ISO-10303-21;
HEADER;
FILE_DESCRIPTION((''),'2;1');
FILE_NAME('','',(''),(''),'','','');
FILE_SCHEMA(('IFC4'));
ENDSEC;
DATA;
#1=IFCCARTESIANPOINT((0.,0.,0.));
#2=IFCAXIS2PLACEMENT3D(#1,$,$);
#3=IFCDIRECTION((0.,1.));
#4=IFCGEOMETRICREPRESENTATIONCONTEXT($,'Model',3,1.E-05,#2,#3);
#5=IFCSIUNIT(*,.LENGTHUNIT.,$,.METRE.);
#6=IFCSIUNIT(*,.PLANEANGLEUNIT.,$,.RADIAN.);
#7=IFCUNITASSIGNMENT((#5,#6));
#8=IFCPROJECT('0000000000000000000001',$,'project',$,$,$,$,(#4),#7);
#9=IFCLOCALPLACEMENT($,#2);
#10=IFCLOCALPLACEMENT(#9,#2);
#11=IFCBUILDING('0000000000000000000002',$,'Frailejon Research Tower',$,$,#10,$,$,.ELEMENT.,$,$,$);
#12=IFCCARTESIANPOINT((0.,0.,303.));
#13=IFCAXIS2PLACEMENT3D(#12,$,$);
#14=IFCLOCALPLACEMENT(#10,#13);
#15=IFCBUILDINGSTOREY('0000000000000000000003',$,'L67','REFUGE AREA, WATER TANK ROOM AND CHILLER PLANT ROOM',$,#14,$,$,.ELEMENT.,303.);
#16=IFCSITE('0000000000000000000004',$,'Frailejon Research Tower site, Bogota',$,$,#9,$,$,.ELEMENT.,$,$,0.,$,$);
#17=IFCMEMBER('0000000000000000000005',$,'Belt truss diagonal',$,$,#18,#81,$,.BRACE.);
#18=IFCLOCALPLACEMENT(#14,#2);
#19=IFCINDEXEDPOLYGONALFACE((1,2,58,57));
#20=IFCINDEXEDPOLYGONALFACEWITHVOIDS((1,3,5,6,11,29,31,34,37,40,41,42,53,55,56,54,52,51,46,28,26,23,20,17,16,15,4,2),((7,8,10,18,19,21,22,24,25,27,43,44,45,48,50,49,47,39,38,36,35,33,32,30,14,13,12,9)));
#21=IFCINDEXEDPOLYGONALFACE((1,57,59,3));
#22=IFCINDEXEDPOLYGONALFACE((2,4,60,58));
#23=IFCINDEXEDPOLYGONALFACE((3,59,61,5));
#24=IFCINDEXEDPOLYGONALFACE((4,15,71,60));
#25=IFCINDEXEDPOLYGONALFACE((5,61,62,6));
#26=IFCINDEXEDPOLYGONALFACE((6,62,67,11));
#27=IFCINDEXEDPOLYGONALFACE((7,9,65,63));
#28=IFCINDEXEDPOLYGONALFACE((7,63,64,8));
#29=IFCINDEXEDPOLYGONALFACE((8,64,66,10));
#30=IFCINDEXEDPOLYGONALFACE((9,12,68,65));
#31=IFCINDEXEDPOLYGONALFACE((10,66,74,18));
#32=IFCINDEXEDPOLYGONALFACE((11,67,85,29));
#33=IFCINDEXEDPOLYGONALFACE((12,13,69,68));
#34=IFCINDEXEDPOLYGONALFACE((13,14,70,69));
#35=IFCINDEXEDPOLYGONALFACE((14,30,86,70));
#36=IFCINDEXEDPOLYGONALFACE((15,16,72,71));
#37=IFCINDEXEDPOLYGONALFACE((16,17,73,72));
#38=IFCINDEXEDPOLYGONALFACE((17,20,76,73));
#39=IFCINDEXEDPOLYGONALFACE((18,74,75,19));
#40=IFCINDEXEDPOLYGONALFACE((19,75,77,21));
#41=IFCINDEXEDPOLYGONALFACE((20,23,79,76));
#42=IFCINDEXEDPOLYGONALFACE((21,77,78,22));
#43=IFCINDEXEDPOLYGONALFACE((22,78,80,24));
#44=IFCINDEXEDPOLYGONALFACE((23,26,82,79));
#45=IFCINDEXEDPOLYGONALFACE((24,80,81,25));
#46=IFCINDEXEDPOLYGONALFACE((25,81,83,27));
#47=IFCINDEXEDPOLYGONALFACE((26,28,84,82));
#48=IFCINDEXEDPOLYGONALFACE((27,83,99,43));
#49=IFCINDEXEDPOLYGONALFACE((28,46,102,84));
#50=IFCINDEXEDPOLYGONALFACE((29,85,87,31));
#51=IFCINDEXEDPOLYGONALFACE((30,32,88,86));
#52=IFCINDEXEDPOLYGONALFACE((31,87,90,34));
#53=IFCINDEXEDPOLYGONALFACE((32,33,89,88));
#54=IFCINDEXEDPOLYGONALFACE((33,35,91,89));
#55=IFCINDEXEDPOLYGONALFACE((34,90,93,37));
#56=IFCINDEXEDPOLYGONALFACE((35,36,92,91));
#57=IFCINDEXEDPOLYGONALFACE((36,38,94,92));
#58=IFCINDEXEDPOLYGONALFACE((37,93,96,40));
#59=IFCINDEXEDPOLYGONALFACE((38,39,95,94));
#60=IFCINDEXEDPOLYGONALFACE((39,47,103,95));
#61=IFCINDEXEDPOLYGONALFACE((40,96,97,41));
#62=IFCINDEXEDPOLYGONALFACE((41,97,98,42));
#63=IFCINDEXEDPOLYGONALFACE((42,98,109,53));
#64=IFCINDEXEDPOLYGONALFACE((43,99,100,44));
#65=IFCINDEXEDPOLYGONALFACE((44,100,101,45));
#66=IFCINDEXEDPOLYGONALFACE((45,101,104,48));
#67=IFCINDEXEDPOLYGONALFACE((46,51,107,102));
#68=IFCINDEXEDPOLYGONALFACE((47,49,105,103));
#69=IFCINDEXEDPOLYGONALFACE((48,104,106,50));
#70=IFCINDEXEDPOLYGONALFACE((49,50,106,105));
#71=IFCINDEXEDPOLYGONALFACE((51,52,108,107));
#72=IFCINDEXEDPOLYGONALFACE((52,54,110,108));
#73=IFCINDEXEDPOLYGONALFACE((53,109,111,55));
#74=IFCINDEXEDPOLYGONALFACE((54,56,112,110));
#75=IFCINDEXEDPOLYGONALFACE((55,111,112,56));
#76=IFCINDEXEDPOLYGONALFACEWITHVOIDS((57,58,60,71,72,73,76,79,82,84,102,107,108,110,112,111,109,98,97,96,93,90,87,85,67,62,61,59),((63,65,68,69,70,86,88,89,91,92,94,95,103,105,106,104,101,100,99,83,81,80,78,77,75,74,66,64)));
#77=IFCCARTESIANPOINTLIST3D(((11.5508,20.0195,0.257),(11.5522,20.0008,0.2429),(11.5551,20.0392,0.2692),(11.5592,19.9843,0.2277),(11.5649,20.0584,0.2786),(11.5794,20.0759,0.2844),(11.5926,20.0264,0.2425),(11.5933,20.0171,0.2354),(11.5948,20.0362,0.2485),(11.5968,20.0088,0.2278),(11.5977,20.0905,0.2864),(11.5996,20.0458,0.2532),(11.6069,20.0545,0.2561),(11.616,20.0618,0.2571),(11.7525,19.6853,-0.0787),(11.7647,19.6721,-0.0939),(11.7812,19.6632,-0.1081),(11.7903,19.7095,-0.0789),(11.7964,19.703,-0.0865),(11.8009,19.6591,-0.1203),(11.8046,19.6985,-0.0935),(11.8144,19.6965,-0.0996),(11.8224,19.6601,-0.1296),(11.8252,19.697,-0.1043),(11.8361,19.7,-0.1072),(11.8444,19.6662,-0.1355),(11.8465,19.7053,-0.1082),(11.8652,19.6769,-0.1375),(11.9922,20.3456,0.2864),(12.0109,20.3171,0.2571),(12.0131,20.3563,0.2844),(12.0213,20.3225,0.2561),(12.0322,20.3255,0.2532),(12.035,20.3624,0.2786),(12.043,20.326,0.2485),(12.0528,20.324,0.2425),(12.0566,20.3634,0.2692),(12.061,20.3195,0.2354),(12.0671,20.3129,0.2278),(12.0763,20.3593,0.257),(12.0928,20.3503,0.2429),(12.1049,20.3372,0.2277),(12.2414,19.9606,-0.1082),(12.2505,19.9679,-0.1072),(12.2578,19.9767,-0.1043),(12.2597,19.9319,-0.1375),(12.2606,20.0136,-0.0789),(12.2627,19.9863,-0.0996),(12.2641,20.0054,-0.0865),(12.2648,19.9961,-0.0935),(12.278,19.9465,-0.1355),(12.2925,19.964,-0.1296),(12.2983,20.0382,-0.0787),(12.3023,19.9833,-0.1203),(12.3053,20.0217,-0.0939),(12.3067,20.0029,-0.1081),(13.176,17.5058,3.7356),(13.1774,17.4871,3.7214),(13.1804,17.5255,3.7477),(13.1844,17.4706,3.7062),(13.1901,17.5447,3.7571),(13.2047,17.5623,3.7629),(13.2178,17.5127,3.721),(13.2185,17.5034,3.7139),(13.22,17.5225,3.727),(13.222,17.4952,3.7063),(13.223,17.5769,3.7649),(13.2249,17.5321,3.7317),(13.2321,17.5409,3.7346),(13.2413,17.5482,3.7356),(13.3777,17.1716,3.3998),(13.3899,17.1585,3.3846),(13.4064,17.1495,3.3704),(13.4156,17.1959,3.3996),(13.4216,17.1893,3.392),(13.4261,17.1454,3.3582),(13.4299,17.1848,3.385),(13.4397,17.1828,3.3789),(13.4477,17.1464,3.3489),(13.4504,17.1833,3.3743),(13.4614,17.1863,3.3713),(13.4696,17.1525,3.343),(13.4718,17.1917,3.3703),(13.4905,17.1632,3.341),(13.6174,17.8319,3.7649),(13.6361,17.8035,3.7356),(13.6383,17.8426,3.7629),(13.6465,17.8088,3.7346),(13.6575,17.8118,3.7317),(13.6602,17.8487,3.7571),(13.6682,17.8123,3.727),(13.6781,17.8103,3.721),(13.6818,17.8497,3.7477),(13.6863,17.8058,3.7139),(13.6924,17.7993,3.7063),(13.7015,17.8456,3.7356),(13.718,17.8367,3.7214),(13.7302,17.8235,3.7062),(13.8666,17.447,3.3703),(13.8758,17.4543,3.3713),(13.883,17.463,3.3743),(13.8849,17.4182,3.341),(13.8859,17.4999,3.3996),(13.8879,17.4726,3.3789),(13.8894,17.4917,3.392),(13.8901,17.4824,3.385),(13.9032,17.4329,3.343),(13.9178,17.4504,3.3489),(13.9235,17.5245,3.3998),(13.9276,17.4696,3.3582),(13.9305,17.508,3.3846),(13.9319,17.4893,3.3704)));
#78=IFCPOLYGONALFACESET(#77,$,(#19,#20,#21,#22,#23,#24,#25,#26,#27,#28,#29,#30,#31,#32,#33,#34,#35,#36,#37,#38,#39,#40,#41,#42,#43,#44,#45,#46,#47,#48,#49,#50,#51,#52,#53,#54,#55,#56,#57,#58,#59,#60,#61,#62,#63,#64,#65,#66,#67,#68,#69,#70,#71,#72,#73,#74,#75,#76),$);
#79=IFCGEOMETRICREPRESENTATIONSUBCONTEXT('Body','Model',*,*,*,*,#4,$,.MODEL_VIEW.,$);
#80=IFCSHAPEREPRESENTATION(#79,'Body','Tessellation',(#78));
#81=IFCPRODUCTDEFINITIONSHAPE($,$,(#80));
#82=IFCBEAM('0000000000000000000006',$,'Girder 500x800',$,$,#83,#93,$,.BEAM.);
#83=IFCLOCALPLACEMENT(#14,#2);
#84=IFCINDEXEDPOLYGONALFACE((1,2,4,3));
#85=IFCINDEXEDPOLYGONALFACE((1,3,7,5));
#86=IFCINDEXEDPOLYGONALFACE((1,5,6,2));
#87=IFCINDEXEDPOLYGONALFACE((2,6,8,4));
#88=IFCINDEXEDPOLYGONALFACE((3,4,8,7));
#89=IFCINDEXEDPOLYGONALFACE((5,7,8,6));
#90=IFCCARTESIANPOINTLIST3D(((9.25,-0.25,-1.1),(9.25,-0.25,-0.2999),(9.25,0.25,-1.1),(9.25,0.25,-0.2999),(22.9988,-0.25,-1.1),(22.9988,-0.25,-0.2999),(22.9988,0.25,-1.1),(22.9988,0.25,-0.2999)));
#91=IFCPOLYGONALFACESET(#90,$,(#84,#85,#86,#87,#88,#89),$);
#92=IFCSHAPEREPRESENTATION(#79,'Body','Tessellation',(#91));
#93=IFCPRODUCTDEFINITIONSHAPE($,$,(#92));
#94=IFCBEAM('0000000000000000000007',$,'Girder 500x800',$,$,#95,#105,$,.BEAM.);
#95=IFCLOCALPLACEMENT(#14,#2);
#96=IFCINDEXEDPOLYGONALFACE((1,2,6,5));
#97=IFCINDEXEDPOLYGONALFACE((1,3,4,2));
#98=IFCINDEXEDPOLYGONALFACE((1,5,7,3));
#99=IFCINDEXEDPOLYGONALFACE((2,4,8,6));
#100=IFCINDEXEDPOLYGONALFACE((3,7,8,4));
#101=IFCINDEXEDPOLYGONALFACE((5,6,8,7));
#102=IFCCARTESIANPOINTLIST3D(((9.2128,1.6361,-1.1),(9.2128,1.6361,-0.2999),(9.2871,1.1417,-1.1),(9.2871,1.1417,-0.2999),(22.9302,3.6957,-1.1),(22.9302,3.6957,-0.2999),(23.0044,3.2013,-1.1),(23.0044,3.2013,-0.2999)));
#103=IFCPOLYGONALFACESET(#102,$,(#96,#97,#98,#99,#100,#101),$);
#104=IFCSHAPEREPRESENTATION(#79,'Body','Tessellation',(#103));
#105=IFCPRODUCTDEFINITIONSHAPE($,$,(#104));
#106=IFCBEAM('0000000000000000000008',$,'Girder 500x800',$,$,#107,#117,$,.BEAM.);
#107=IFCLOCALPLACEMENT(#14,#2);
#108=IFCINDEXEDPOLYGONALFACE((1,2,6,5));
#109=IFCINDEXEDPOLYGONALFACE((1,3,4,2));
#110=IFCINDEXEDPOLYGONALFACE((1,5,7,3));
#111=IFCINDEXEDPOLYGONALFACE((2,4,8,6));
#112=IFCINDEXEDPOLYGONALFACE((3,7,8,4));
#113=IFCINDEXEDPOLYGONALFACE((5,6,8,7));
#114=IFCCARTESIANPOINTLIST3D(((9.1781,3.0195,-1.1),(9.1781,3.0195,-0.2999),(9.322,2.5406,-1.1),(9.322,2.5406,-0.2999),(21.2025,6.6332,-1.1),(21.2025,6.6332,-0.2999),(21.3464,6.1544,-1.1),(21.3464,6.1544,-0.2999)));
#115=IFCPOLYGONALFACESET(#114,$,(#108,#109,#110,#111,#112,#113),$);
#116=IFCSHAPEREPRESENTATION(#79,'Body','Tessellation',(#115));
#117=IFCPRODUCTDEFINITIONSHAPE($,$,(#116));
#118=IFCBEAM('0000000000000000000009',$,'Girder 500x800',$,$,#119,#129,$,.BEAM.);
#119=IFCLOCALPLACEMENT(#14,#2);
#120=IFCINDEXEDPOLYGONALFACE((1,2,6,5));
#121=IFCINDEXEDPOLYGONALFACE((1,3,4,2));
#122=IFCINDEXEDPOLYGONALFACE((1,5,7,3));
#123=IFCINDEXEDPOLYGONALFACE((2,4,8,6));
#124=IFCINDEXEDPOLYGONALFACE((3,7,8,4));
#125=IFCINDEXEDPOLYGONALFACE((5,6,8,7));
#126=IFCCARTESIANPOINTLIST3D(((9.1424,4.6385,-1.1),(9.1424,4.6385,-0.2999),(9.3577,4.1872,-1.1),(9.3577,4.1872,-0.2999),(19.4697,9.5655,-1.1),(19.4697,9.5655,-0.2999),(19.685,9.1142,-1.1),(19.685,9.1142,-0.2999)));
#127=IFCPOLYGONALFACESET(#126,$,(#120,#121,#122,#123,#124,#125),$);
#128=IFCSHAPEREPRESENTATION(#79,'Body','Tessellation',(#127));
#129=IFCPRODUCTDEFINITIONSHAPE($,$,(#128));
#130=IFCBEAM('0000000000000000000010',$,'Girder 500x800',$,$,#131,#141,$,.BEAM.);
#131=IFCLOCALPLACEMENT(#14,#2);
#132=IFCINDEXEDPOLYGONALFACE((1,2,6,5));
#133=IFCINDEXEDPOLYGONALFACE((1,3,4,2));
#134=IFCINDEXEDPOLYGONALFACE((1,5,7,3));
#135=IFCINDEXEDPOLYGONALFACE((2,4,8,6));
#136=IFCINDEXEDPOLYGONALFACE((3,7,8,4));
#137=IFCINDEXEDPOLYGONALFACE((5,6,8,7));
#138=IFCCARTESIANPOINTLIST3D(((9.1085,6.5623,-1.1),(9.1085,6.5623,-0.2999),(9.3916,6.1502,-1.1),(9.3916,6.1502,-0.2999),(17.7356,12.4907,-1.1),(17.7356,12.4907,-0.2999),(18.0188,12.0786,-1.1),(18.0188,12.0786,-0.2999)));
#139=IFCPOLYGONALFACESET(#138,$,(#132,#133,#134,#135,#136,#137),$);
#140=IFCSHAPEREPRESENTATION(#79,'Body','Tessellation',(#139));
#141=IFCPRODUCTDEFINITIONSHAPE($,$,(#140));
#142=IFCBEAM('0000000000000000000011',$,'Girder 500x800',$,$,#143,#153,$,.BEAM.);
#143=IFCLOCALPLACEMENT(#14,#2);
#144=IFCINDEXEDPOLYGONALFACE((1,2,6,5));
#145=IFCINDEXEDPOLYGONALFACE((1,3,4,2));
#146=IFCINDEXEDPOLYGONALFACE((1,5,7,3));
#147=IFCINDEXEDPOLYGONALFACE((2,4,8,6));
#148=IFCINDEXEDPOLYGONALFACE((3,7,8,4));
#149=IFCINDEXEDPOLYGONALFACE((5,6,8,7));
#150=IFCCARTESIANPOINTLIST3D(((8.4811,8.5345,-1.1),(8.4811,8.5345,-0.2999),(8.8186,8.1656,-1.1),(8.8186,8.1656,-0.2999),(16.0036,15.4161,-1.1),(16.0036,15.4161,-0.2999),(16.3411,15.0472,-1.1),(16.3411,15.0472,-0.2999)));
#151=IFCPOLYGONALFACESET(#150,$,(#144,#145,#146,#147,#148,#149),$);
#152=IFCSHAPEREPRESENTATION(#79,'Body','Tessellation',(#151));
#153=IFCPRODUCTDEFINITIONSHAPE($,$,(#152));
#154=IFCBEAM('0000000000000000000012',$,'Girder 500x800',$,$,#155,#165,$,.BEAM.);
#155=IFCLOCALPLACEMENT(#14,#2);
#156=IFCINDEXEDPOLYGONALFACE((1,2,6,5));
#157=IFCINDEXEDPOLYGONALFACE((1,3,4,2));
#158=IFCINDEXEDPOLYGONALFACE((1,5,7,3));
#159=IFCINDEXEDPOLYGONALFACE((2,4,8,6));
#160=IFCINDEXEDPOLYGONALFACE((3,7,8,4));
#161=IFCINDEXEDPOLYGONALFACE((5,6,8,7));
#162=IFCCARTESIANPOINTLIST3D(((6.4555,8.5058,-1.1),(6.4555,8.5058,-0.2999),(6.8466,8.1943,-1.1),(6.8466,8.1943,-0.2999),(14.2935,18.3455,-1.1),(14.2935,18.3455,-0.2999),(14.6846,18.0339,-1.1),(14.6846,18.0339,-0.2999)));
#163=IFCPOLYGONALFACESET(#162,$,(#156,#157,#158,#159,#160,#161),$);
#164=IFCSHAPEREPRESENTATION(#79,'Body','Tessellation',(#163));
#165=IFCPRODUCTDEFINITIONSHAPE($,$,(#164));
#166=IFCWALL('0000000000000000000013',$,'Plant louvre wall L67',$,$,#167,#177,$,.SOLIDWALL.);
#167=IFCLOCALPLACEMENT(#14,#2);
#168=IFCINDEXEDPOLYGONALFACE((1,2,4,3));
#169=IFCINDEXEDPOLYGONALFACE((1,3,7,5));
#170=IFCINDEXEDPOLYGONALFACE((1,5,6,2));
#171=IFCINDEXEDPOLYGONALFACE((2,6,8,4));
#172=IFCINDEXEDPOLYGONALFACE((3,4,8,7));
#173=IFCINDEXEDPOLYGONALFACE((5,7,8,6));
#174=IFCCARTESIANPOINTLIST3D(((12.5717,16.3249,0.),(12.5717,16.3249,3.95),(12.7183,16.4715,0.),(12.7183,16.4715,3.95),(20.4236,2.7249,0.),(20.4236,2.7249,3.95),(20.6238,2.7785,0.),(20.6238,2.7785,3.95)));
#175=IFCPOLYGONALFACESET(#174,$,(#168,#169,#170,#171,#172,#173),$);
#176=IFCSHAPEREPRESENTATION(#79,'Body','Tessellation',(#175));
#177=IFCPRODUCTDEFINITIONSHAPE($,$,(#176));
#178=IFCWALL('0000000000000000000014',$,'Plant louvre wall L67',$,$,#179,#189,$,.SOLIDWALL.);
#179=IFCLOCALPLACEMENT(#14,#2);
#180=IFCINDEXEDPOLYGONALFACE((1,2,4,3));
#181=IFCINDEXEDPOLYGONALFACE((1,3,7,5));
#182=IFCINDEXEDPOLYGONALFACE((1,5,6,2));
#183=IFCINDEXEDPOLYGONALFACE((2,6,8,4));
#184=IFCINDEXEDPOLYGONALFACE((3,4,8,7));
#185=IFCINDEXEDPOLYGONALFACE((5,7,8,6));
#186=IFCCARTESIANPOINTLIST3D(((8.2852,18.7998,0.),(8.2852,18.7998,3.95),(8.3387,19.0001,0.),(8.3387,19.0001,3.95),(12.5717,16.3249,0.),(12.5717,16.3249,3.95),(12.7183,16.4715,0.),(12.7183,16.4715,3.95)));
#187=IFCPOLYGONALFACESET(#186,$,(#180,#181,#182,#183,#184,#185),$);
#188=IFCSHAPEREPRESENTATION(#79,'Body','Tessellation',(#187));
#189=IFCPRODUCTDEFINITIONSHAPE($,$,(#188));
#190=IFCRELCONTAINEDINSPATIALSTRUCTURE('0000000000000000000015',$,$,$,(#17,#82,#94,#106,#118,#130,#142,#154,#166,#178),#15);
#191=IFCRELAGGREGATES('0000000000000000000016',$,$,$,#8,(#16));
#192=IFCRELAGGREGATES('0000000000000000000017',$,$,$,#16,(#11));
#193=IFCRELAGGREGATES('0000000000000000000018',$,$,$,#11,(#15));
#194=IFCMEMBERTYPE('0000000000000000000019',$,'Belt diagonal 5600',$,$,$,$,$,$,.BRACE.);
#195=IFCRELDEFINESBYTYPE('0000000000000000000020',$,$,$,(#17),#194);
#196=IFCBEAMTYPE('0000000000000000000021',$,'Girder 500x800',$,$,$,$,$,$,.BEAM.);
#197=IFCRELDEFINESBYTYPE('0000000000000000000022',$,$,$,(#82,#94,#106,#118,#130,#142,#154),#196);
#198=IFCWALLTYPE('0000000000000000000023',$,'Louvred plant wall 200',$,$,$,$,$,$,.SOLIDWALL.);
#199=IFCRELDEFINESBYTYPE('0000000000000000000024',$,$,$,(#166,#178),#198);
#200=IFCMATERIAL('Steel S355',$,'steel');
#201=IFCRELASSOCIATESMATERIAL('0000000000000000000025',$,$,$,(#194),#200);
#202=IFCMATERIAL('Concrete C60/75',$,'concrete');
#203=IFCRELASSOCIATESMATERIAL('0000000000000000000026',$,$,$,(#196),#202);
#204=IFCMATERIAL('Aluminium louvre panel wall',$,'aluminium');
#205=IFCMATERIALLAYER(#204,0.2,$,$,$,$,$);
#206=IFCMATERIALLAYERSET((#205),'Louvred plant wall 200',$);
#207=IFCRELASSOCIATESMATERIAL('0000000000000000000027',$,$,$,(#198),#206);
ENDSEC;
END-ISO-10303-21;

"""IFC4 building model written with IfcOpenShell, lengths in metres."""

from ifc_helpers import new_model, si_unit, direction, frame, origin, origin_2d, place, context, subcontext, project, spatial, polyline, rectangle, hollow_rectangle, outline, extrude, material, layer, layer_set, material_profile, profile_set, type_object, element, save


model = new_model("IFC4")

# Units and contexts
model_context = context("Model", 3, precision=1e-05, world=origin(), true_north=direction((0.0, 1.0)))
body_context = subcontext(model_context, "Body", "Model", "MODEL_VIEW")
ifc_project = project(units=[si_unit("LENGTHUNIT", "METRE"), si_unit("PLANEANGLEUNIT", "RADIAN")], contexts=[model_context])

# Site, building, storey
site_placement = place(None, origin())
site = spatial("IfcSite", under=ifc_project, at=site_placement, Name="Frailejon Research Tower site, Bogota", CompositionType="ELEMENT", RefElevation=0.0)
building_placement = place(site_placement, origin())
building = spatial("IfcBuilding", under=site, at=building_placement, Name="Frailejon Research Tower", CompositionType="ELEMENT")
storey_placement = place(building_placement, frame((0.0, 0.0, 303.0)))
storey = spatial("IfcBuildingStorey", under=building, at=storey_placement, Name="L67", Description="REFUGE AREA, WATER TANK ROOM AND CHILLER PLANT ROOM", CompositionType="ELEMENT", Elevation=303.0)

# Member
ifc_material_1 = material(Name="Steel S355", Category="steel")
ifc_material_profile_1 = material_profile(ifc_material_1, hollow_rectangle(XDim=0.6499, YDim=0.6499, WallThickness=0.0449, InnerFilletRadius=0.0449, OuterFilletRadius=0.0901, at=origin_2d()), Name="Belt diagonal 5600")
ifc_profile_set_1 = profile_set([ifc_material_profile_1], Name="Steel S355")
member_type = type_object("IfcMemberType", Name="Belt diagonal 5600", PredefinedType="BRACE", material=ifc_profile_set_1)
member_1_placement = place(storey_placement, frame((13.554, 17.4976, 3.553), z_axis=(-0.354151, 0.547746, -0.757992), x_axis=(-0.83976, -0.542957, 0.0)))
element("IfcMember", 1, at=member_1_placement, inside=storey, type_object=member_type, Name="Belt truss diagonal", PredefinedType="BRACE", context=body_context, shape_type="SweptSolid", body=[
    extrude(hollow_rectangle(XDim=0.6499, YDim=0.6499, WallThickness=0.0449, InnerFilletRadius=0.0449, OuterFilletRadius=0.0901, at=origin_2d()), origin(), (0.0, 0.0, 1.0), 4.5891),
])

# Beams
ifc_material_2 = material(Name="Concrete C60/75", Category="concrete")
ifc_material_profile_2 = material_profile(ifc_material_2, rectangle(XDim=0.5, YDim=0.8, at=origin_2d()), Name="Girder 500x800")
ifc_profile_set_2 = profile_set([ifc_material_profile_2], Name="Concrete C60/75")
beam_type_1 = type_object("IfcBeamType", Name="Girder 500x800", PredefinedType="BEAM", material=ifc_profile_set_2)
beam_1_placement = place(storey_placement, frame((22.9988, 0.0, -0.7), z_axis=(-1.0, 0.0, 0.0), x_axis=(0.0, -1.0, 0.0)))
element("IfcBeam", 2, at=beam_1_placement, inside=storey, type_object=beam_type_1, Name="Girder 500x800", PredefinedType="BEAM", context=body_context, shape_type="SweptSolid", body=[
    extrude(rectangle(XDim=0.5, YDim=0.8, at=origin_2d()), origin(), (0.0, 0.0, 1.0), 13.7488),
])
beam_2_placement = place(storey_placement, frame((22.9673, 3.4485, -0.7), z_axis=(-0.988915, -0.14848, 0.0), x_axis=(0.14848, -0.988915, 0.0)))
element("IfcBeam", 3, at=beam_2_placement, inside=storey, type_object=beam_type_1, Name="Girder 500x800", PredefinedType="BEAM", context=body_context, shape_type="SweptSolid", body=[
    extrude(rectangle(XDim=0.5, YDim=0.8, at=origin_2d()), origin(), (0.0, 0.0, 1.0), 13.8711),
])
beam_3_placement = place(storey_placement, frame((21.2744, 6.3938, -0.7), z_axis=(-0.957685, -0.287819, 0.0), x_axis=(0.287819, -0.957685, 0.0)))
element("IfcBeam", 4, at=beam_3_placement, inside=storey, type_object=beam_type_1, Name="Girder 500x800", PredefinedType="BEAM", context=body_context, shape_type="SweptSolid", body=[
    extrude(rectangle(XDim=0.5, YDim=0.8, at=origin_2d()), origin(), (0.0, 0.0, 1.0), 12.5557),
])
beam_4_placement = place(storey_placement, frame((19.5774, 9.3398, -0.7), z_axis=(-0.902548, -0.430589, 0.0), x_axis=(0.430589, -0.902548, 0.0)))
element("IfcBeam", 5, at=beam_4_placement, inside=storey, type_object=beam_type_1, Name="Girder 500x800", PredefinedType="BEAM", context=body_context, shape_type="SweptSolid", body=[
    extrude(rectangle(XDim=0.5, YDim=0.8, at=origin_2d()), origin(), (0.0, 0.0, 1.0), 11.4424),
])
beam_5_placement = place(storey_placement, frame((17.8772, 12.2847, -0.7), z_axis=(-0.824164, -0.566352, 0.0), x_axis=(0.566352, -0.824164, 0.0)))
element("IfcBeam", 6, at=beam_5_placement, inside=storey, type_object=beam_type_1, Name="Girder 500x800", PredefinedType="BEAM", context=body_context, shape_type="SweptSolid", body=[
    extrude(rectangle(XDim=0.5, YDim=0.8, at=origin_2d()), origin(), (0.0, 0.0, 1.0), 10.4678),
])
beam_6_placement = place(storey_placement, frame((16.1724, 15.2317, -0.7), z_axis=(-0.737838, -0.674978, 0.0), x_axis=(0.674978, -0.737838, 0.0)))
element("IfcBeam", 7, at=beam_6_placement, inside=storey, type_object=beam_type_1, Name="Girder 500x800", PredefinedType="BEAM", context=body_context, shape_type="SweptSolid", body=[
    extrude(rectangle(XDim=0.5, YDim=0.8, at=origin_2d()), origin(), (0.0, 0.0, 1.0), 10.1953),
])
beam_7_placement = place(storey_placement, frame((14.489, 18.1897, -0.7), z_axis=(-0.623056, -0.782177, 0.0), x_axis=(0.782177, -0.623056, 0.0)))
element("IfcBeam", 8, at=beam_7_placement, inside=storey, type_object=beam_type_1, Name="Girder 500x800", PredefinedType="BEAM", context=body_context, shape_type="SweptSolid", body=[
    extrude(rectangle(XDim=0.5, YDim=0.8, at=origin_2d()), origin(), (0.0, 0.0, 1.0), 12.5798),
])

# Walls
ifc_material_3 = material(Name="Aluminium louvre panel wall", Category="aluminium")
ifc_layer_1 = layer(ifc_material_3, 0.2)
ifc_layer_set_1 = layer_set([ifc_layer_1], Name="Louvred plant wall 200")
wall_type = type_object("IfcWallType", Name="Louvred plant wall 200", PredefinedType="SOLIDWALL", material=ifc_layer_set_1)
wall_1_placement = place(storey_placement, frame((20.5237, 2.7517, 0.0), z_axis=(0.0, 0.0, 1.0), x_axis=(-0.499993, 0.866029, 0.0)))
element("IfcWall", 9, at=wall_1_placement, inside=storey, type_object=wall_type, Name="Plant louvre wall L67", PredefinedType="SOLIDWALL", context=body_context, shape_type="SweptSolid", body=[
    extrude(outline(polyline([(-0.0269, -0.1001), (15.7844, -0.1001), (15.7307, 0.1001), (0.0269, 0.1001), (-0.0269, -0.1001)])), origin(), (0.0, 0.0, 1.0), 3.95),
])
wall_2_placement = place(storey_placement, frame((12.645, 16.3982, 0.0), z_axis=(0.0, 0.0, 1.0), x_axis=(-0.866021, 0.500007, 0.0)))
element("IfcWall", 10, at=wall_2_placement, inside=storey, type_object=wall_type, Name="Plant louvre wall L67", PredefinedType="SOLIDWALL", context=body_context, shape_type="SweptSolid", body=[
    extrude(outline(polyline([(-0.0269, -0.1001), (5.0303, -0.1001), (4.9766, 0.1001), (0.0269, 0.1001), (-0.0269, -0.1001)])), origin(), (0.0, 0.0, 1.0), 3.95),
])

save(model, "model.ifc")
